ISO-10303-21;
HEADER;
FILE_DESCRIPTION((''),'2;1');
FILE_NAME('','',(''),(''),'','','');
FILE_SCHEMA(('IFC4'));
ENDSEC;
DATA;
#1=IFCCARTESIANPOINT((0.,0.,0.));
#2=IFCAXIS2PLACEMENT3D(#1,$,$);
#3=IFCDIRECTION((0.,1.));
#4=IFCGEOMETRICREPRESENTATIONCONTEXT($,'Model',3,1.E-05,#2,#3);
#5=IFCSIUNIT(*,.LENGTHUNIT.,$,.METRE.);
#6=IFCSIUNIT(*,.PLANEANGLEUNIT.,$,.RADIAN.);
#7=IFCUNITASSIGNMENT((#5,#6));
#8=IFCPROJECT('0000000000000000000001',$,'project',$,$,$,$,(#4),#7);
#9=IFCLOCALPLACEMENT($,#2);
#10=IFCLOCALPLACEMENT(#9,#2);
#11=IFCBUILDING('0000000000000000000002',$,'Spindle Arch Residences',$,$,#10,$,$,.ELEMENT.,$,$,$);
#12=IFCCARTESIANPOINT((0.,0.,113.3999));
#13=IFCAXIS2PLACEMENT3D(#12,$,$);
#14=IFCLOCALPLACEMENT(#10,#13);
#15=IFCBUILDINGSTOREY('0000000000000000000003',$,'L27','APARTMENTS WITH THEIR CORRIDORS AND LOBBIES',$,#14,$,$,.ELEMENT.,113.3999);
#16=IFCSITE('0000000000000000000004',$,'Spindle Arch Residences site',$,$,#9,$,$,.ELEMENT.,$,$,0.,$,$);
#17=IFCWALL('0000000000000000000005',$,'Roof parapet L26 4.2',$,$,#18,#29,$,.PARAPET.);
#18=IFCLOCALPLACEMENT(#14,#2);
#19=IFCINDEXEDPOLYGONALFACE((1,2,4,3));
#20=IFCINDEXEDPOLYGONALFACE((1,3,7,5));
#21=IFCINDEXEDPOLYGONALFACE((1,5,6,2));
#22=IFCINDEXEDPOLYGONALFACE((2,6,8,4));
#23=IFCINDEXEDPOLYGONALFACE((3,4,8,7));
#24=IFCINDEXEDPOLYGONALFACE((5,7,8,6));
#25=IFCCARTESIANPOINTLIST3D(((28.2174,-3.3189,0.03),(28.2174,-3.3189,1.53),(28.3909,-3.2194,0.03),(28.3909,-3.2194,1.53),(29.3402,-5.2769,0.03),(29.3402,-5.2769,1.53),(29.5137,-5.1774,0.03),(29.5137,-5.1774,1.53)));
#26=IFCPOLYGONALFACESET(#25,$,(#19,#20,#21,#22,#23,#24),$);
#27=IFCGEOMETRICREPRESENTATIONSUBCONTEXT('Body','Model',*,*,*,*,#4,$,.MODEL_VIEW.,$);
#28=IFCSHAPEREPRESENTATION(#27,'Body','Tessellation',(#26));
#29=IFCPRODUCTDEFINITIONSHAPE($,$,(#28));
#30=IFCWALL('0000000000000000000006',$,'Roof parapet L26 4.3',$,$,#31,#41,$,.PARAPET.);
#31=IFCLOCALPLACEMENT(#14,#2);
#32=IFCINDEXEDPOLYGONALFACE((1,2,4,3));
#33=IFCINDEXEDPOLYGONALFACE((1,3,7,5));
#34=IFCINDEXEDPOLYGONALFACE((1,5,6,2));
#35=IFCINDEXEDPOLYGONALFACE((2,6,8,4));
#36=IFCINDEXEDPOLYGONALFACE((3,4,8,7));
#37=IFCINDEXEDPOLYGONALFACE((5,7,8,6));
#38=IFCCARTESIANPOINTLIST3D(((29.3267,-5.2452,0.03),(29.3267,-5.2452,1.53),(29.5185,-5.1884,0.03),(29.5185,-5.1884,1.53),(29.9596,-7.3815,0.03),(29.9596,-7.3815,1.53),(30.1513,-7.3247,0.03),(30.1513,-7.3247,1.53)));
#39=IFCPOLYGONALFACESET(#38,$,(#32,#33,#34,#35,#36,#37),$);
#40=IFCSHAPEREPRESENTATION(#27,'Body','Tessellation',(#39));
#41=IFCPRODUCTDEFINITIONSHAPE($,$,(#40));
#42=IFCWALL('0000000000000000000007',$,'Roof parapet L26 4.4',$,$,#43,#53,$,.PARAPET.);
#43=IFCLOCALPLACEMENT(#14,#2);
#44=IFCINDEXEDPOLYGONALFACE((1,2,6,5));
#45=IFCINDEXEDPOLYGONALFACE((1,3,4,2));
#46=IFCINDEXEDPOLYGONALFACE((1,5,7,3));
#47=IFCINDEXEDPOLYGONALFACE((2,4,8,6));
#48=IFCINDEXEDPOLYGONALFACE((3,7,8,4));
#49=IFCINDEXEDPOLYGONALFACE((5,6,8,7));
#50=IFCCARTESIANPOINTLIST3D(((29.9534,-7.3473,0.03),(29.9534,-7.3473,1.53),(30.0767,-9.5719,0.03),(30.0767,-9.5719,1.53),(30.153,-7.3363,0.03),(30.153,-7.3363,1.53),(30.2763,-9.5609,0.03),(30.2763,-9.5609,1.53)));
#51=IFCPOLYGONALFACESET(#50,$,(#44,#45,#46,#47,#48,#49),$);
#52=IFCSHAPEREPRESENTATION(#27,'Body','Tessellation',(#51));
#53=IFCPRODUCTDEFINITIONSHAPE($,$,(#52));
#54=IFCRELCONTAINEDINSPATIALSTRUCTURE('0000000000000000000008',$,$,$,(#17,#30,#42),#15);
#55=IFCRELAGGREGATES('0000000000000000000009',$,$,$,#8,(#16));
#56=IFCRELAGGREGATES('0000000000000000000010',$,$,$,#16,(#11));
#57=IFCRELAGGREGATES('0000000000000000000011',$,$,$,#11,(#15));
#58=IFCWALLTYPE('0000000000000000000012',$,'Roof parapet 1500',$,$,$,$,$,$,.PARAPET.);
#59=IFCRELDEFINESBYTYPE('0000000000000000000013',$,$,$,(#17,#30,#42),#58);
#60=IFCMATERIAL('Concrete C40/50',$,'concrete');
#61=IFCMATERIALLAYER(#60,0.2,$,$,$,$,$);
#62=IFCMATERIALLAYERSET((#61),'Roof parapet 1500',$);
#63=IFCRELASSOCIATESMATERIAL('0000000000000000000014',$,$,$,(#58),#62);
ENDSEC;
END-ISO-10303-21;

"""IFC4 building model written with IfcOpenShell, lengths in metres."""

from ifc_helpers import new_model, si_unit, direction, frame, frame_2d, origin, place, context, subcontext, project, spatial, rectangle, extrude, material, layer, layer_set, type_object, element, save


model = new_model("IFC4")

# Units and contexts
model_context = context("Model", 3, precision=1e-05, world=origin(), true_north=direction((0.0, 1.0)))
body_context = subcontext(model_context, "Body", "Model", "MODEL_VIEW")
ifc_project = project(units=[si_unit("LENGTHUNIT", "METRE"), si_unit("PLANEANGLEUNIT", "RADIAN")], contexts=[model_context])

# Site, building, storey
site_placement = place(None, origin())
site = spatial("IfcSite", under=ifc_project, at=site_placement, Name="Spindle Arch Residences site", CompositionType="ELEMENT", RefElevation=0.0)
building_placement = place(site_placement, origin())
building = spatial("IfcBuilding", under=site, at=building_placement, Name="Spindle Arch Residences", CompositionType="ELEMENT")
storey_placement = place(building_placement, frame((0.0, 0.0, 113.3999)))
storey = spatial("IfcBuildingStorey", under=building, at=storey_placement, Name="L27", Description="APARTMENTS WITH THEIR CORRIDORS AND LOBBIES", CompositionType="ELEMENT", Elevation=113.3999)

# Walls
ifc_material_1 = material(Name="Concrete C40/50", Category="concrete")
ifc_layer_1 = layer(ifc_material_1, 0.2)
ifc_layer_set_1 = layer_set([ifc_layer_1], Name="Roof parapet 1500")
wall_type_1 = type_object("IfcWallType", Name="Roof parapet 1500", PredefinedType="PARAPET", material=ifc_layer_set_1)
wall_1_placement = place(storey_placement, frame((28.3042, -3.2693, 0.03), z_axis=(0.0, 0.0, 1.0), x_axis=(0.497455, -0.86749, 0.0)))
element("IfcWall", 1, at=wall_1_placement, inside=storey, type_object=wall_type_1, Name="Roof parapet L26 4.2", PredefinedType="PARAPET", context=body_context, shape_type="SweptSolid", body=[
    extrude(rectangle(XDim=2.2571, YDim=0.2, at=frame_2d((1.1284, 0.0))), origin(), (0.0, 0.0, 1.0), 1.5),
])
for number, where, z_axis, x_axis, name in (
    (2, (29.4226, -5.2168, 0.03), (0.0, 0.0, 1.0), (0.284029, -0.958816, 0.0), "Roof parapet L26 4.3"),
    (3, (30.0532, -7.3418, 0.03), (0.0, 0.0, 1.0), (0.055337, -0.998468, 0.0), "Roof parapet L26 4.4"),
):
    element("IfcWall", number, at=place(storey_placement, frame(where, z_axis=z_axis, x_axis=x_axis)), inside=storey, type_object=wall_type_1, Name=name, PredefinedType="PARAPET", context=body_context, shape_type="SweptSolid", body=[
        extrude(rectangle(XDim=2.228, YDim=0.2, at=frame_2d((1.114, 0.0))), origin(), (0.0, 0.0, 1.0), 1.5),
    ])

save(model, "model.ifc")
